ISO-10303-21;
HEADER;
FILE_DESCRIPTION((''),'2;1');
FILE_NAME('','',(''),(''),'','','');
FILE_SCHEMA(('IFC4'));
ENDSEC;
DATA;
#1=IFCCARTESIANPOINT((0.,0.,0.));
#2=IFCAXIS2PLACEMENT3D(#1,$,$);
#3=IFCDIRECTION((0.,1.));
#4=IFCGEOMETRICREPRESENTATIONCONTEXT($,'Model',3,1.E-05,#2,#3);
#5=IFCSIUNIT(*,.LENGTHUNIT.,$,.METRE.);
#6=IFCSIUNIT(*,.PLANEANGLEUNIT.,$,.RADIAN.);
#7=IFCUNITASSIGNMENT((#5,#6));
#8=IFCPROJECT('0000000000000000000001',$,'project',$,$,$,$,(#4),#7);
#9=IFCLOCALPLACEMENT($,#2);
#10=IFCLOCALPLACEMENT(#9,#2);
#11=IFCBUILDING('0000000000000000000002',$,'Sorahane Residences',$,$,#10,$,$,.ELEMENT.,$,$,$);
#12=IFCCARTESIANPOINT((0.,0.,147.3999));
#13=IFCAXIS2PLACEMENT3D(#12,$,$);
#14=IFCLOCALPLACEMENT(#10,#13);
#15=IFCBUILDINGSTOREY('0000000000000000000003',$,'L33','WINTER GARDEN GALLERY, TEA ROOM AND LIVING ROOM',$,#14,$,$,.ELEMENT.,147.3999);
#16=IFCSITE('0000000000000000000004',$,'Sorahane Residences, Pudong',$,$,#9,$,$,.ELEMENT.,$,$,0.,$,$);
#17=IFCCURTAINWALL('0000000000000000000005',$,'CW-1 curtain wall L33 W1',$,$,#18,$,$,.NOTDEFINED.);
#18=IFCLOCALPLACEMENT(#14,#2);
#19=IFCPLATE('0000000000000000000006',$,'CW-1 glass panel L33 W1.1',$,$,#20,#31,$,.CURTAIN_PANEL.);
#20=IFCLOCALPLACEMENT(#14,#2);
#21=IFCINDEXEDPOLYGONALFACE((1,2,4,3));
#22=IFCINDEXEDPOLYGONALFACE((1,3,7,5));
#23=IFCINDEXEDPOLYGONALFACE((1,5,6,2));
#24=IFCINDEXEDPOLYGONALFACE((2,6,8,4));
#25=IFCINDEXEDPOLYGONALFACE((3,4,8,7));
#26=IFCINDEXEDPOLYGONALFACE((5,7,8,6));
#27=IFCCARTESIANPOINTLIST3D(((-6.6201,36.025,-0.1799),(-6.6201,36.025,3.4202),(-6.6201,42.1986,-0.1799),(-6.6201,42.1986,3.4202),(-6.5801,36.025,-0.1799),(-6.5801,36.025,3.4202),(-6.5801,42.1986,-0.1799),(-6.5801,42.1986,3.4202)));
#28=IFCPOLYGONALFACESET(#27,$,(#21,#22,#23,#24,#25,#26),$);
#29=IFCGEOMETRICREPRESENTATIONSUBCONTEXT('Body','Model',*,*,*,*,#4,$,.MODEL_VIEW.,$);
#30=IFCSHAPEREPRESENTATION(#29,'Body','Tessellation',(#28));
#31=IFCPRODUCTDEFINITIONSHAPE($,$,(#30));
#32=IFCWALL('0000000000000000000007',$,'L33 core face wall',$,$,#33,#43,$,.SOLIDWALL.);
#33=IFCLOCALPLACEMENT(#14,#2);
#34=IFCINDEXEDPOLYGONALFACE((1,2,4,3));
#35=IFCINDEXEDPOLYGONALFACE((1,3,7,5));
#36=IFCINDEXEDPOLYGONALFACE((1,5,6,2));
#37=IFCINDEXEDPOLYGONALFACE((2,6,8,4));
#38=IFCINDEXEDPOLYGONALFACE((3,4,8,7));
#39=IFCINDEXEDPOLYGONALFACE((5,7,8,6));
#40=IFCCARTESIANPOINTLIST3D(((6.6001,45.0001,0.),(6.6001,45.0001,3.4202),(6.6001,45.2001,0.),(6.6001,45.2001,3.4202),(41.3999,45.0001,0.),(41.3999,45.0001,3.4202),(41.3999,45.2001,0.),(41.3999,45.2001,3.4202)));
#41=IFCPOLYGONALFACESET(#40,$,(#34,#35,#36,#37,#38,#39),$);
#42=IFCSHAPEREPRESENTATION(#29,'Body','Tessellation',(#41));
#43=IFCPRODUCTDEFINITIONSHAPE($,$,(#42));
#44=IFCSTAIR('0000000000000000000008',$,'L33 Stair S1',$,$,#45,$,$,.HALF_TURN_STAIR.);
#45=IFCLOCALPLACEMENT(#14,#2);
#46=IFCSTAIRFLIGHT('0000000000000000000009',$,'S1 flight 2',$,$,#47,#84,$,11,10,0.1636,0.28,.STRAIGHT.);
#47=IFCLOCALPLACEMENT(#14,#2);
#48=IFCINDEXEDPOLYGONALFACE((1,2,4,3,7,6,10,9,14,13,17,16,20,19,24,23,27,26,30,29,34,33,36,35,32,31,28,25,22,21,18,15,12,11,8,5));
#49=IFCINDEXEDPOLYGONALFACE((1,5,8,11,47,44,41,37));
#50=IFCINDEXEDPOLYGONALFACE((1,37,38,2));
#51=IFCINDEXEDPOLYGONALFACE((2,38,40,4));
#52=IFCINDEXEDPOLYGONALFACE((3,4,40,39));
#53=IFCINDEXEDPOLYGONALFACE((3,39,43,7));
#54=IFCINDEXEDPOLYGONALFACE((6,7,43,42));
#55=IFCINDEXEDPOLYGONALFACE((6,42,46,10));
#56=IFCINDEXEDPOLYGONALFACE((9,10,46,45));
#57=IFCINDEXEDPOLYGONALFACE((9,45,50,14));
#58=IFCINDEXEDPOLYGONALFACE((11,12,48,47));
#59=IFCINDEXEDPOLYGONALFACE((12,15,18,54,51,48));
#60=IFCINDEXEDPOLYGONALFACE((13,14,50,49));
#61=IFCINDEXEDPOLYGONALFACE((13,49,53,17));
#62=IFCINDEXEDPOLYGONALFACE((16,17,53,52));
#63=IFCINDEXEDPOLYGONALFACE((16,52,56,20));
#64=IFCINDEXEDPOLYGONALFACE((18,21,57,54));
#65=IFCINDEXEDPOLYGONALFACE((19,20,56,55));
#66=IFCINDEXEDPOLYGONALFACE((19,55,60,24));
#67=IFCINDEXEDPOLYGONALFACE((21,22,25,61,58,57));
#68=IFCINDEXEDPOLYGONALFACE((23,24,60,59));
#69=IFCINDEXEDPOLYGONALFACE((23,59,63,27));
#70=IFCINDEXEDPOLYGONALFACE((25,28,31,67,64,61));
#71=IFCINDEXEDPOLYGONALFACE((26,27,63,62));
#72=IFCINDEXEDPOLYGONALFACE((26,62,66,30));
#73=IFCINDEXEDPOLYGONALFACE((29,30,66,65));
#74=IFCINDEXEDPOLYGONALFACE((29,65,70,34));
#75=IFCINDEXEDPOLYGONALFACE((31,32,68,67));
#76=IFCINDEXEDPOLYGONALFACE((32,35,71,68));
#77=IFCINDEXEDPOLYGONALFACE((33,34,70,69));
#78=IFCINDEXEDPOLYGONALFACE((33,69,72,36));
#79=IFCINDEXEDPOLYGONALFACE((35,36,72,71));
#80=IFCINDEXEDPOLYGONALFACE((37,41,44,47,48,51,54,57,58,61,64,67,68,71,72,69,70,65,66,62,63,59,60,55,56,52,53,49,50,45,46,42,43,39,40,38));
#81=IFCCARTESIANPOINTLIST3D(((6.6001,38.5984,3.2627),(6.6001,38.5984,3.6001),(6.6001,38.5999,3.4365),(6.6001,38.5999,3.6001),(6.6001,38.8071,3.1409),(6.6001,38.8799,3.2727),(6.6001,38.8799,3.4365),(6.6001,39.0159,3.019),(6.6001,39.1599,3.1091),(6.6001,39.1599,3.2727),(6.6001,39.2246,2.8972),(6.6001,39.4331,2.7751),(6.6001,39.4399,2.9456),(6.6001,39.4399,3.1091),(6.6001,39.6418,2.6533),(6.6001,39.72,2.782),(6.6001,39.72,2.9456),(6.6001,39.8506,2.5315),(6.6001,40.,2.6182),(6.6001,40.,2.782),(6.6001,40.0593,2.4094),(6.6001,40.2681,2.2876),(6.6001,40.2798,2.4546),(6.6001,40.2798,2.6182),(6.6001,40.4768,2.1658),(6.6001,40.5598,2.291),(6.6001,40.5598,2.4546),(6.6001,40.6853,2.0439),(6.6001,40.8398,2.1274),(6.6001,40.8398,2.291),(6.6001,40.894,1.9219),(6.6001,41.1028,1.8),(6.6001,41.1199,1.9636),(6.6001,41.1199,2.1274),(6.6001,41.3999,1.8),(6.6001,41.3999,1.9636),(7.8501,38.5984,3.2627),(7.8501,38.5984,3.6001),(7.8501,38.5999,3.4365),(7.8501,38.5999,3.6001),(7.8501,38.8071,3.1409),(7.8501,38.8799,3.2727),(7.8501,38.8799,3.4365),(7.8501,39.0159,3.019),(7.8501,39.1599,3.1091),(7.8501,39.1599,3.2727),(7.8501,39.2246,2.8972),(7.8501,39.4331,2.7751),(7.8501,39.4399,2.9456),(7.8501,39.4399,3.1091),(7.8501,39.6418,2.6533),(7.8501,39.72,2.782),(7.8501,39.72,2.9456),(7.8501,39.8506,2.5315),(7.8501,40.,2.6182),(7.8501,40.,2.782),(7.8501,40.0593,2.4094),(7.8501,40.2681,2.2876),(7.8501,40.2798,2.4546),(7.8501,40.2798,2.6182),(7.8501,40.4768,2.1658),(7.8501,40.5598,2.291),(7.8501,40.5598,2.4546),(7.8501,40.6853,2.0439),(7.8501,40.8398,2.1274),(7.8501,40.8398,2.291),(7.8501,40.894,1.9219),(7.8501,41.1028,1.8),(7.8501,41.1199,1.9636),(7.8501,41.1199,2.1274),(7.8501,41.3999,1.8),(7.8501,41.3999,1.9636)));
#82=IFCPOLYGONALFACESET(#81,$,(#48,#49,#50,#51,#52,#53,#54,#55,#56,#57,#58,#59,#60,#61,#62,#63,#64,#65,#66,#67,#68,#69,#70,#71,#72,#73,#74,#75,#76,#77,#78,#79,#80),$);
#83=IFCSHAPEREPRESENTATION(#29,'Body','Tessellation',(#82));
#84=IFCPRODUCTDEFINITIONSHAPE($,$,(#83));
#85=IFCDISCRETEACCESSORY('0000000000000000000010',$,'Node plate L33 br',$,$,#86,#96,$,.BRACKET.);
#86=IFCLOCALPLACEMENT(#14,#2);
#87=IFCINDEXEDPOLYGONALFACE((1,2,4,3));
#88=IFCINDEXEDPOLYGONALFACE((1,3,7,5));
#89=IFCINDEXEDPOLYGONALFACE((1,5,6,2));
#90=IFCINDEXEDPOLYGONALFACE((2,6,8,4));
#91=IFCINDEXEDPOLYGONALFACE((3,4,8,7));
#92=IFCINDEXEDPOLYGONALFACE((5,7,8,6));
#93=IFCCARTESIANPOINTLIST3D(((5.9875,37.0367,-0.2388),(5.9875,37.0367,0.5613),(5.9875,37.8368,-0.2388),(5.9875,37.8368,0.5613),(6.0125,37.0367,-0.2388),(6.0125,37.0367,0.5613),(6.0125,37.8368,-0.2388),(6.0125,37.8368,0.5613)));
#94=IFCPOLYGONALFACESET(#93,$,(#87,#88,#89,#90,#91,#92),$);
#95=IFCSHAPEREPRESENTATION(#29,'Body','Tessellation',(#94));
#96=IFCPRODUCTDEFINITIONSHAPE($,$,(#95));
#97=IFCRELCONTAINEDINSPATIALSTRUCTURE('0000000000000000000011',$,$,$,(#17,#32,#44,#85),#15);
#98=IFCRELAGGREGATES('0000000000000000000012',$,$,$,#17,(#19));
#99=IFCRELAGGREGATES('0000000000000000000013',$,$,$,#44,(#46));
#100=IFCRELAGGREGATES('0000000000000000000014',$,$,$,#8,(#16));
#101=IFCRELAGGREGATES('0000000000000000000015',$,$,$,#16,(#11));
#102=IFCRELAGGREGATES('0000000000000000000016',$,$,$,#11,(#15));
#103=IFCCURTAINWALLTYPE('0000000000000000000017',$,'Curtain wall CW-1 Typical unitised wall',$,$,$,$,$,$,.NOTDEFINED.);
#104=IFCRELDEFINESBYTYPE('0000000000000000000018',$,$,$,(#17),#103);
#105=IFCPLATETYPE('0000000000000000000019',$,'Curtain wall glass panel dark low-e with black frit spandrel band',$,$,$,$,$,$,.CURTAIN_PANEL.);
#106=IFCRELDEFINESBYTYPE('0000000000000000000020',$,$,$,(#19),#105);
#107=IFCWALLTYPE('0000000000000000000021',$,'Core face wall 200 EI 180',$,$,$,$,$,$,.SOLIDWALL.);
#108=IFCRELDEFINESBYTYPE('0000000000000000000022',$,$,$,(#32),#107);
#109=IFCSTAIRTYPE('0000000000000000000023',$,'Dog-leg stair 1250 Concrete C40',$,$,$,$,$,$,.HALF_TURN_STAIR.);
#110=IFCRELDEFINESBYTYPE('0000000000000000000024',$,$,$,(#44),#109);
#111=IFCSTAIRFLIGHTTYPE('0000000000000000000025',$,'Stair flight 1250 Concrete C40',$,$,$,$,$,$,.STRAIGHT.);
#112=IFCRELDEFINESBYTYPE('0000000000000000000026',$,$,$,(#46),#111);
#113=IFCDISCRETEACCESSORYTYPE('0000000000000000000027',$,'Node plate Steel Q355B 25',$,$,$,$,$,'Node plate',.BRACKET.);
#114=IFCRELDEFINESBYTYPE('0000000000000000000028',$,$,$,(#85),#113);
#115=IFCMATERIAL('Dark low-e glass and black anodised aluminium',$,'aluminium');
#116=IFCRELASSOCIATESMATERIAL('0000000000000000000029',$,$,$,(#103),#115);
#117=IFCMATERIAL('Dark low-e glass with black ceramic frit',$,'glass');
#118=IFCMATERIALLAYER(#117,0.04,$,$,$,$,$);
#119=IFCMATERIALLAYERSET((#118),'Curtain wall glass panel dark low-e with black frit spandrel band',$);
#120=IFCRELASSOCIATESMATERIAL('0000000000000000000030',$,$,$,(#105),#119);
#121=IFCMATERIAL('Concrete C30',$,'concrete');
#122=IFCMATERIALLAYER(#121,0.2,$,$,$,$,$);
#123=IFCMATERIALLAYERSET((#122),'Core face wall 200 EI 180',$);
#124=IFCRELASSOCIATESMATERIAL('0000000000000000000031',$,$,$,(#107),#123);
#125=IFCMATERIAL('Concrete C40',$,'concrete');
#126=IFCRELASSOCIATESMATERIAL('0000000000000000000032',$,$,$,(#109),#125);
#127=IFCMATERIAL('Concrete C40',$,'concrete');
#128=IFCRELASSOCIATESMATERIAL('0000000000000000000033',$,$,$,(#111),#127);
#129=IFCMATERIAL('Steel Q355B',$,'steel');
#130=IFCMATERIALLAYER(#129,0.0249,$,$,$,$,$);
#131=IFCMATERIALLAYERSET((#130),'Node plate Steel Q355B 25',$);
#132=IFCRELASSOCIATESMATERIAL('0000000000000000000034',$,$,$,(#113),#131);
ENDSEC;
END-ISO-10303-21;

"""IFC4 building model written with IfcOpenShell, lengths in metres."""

from ifc_helpers import new_model, si_unit, direction, frame, frame_2d, origin, origin_2d, place, context, subcontext, project, spatial, polyline, rectangle, outline, extrude, material, layer, layer_set, type_object, element, aggregate, save


model = new_model("IFC4")

# Units and contexts
model_context = context("Model", 3, precision=1e-05, world=origin(), true_north=direction((0.0, 1.0)))
body_context = subcontext(model_context, "Body", "Model", "MODEL_VIEW")
ifc_project = project(units=[si_unit("LENGTHUNIT", "METRE"), si_unit("PLANEANGLEUNIT", "RADIAN")], contexts=[model_context])

# Site, building, storey
site_placement = place(None, origin())
site = spatial("IfcSite", under=ifc_project, at=site_placement, Name="Sorahane Residences, Pudong", CompositionType="ELEMENT", RefElevation=0.0)
building_placement = place(site_placement, origin())
building = spatial("IfcBuilding", under=site, at=building_placement, Name="Sorahane Residences", CompositionType="ELEMENT")
storey_placement = place(building_placement, frame((0.0, 0.0, 147.3999)))
storey = spatial("IfcBuildingStorey", under=building, at=storey_placement, Name="L33", Description="WINTER GARDEN GALLERY, TEA ROOM AND LIVING ROOM", CompositionType="ELEMENT", Elevation=147.3999)

# Shared definitions
ifc_material_1 = material(Name="Dark low-e glass and black anodised aluminium", Category="aluminium")
curtain_wall_type_1 = type_object("IfcCurtainWallType", Name="Curtain wall CW-1 Typical unitised wall", PredefinedType="NOTDEFINED", material=ifc_material_1)

# Curtain wall
curtain_wall_1_placement = place(storey_placement, origin())
curtain_wall_1 = element("IfcCurtainWall", 1, at=curtain_wall_1_placement, inside=storey, type_object=curtain_wall_type_1, Name="CW-1 curtain wall L33 W1", PredefinedType="NOTDEFINED")

# Plate
ifc_material_2 = material(Name="Dark low-e glass with black ceramic frit", Category="glass")
ifc_layer_1 = layer(ifc_material_2, 0.04)
ifc_layer_set_1 = layer_set([ifc_layer_1], Name="Curtain wall glass panel dark low-e with black frit spandrel band")
plate_type = type_object("IfcPlateType", Name="Curtain wall glass panel dark low-e with black frit spandrel band", PredefinedType="CURTAIN_PANEL", material=ifc_layer_set_1)
plate_1_placement = place(storey_placement, frame((-6.6001, 39.1118, -0.1799), z_axis=(0.0, 0.0, 1.0), x_axis=(0.0, -1.0, 0.0)))
plate_1 = element("IfcPlate", 2, at=plate_1_placement, type_object=plate_type, Name="CW-1 glass panel L33 W1.1", PredefinedType="CURTAIN_PANEL", context=body_context, shape_type="SweptSolid", body=[
    extrude(rectangle(XDim=6.1736, YDim=0.04, at=origin_2d()), origin(), (0.0, 0.0, 1.0), 3.6001),
])
aggregate(curtain_wall_1, [plate_1])

# Wall
ifc_material_3 = material(Name="Concrete C30", Category="concrete")
ifc_layer_2 = layer(ifc_material_3, 0.2)
ifc_layer_set_2 = layer_set([ifc_layer_2], Name="Core face wall 200 EI 180")
wall_type = type_object("IfcWallType", Name="Core face wall 200 EI 180", PredefinedType="SOLIDWALL", material=ifc_layer_set_2)
wall_placement = place(storey_placement, frame((6.6001, 45.1001, 0.0), z_axis=(0.0, 0.0, 1.0), x_axis=(1.0, 0.0, 0.0)))
element("IfcWall", 3, at=wall_placement, inside=storey, type_object=wall_type, Name="L33 core face wall", PredefinedType="SOLIDWALL", context=body_context, shape_type="SweptSolid", body=[
    extrude(rectangle(XDim=34.7998, YDim=0.2, at=frame_2d((17.3999, 0.0))), origin(), (0.0, 0.0, 1.0), 3.4202),
])

# Stair, stair flight
ifc_material_4 = material(Name="Concrete C40", Category="concrete")
stair_type = type_object("IfcStairType", Name="Dog-leg stair 1250 Concrete C40", PredefinedType="HALF_TURN_STAIR", material=ifc_material_4)
stair_placement = place(storey_placement, origin())
stair = element("IfcStair", 4, at=stair_placement, inside=storey, type_object=stair_type, Name="L33 Stair S1", PredefinedType="HALF_TURN_STAIR")
ifc_material_5 = material(Name="Concrete C40", Category="concrete")
stair_flight_type = type_object("IfcStairFlightType", Name="Stair flight 1250 Concrete C40", PredefinedType="STRAIGHT", material=ifc_material_5)
stair_flight_placement = place(storey_placement, frame((7.2251, 41.3999, 1.8), z_axis=(0.0, 0.0, 1.0), x_axis=(0.0, -1.0, 0.0)))
stair_flight = element("IfcStairFlight", 5, at=stair_flight_placement, type_object=stair_flight_type, Name="S1 flight 2", NumberOfRisers=11, NumberOfTreads=10, PredefinedType="STRAIGHT", RiserHeight=0.1636, TreadLength=0.28, context=body_context, shape_type="SweptSolid", body=[
    extrude(outline(polyline([(0.0, 0.0), (0.0, 0.1636), (0.28, 0.1636), (0.28, 0.3274), (0.5601, 0.3274), (0.5601, 0.491), (0.8401, 0.491), (0.8401, 0.6545), (1.1201, 0.6545), (1.1201, 0.8181), (1.3999, 0.8181), (1.3999, 0.9819), (1.6799, 0.9819), (1.6799, 1.1455), (1.96, 1.1455), (1.96, 1.3091), (2.24, 1.3091), (2.24, 1.4727), (2.52, 1.4727), (2.52, 1.6365), (2.8, 1.6365), (2.8, 1.8), (2.8015, 1.8), (2.8015, 1.4626), (2.5928, 1.3408), (2.384, 1.219), (2.1753, 1.0972), (1.9668, 0.9751), (1.7581, 0.8533), (1.5493, 0.7314), (1.3406, 0.6094), (1.1318, 0.4875), (0.9231, 0.3657), (0.7146, 0.2439), (0.5059, 0.1218), (0.2971, 0.0), (0.0, 0.0)])), frame((0.0, 0.625, 0.0), z_axis=(0.0, -1.0, 0.0), x_axis=(1.0, 0.0, 0.0)), (0.0, 0.0, 1.0), 1.25),
])
aggregate(stair, [stair_flight])

# Discrete accessory
ifc_material_6 = material(Name="Steel Q355B", Category="steel")
ifc_layer_3 = layer(ifc_material_6, 0.0249)
ifc_layer_set_3 = layer_set([ifc_layer_3], Name="Node plate Steel Q355B 25")
discrete_accessory_type = type_object("IfcDiscreteAccessoryType", Name="Node plate Steel Q355B 25", ElementType="Node plate", PredefinedType="BRACKET", material=ifc_layer_set_3)
discrete_accessory_placement = place(storey_placement, frame((6.0, 37.4368, -0.2388), z_axis=(0.0, 0.0, 1.0), x_axis=(0.0, 1.0, 0.0)))
element("IfcDiscreteAccessory", 6, at=discrete_accessory_placement, inside=storey, type_object=discrete_accessory_type, Name="Node plate L33 br", PredefinedType="BRACKET", context=body_context, shape_type="SweptSolid", body=[
    extrude(rectangle(XDim=0.8, YDim=0.0249, at=origin_2d()), origin(), (0.0, 0.0, 1.0), 0.8),
])

save(model, "model.ifc")
